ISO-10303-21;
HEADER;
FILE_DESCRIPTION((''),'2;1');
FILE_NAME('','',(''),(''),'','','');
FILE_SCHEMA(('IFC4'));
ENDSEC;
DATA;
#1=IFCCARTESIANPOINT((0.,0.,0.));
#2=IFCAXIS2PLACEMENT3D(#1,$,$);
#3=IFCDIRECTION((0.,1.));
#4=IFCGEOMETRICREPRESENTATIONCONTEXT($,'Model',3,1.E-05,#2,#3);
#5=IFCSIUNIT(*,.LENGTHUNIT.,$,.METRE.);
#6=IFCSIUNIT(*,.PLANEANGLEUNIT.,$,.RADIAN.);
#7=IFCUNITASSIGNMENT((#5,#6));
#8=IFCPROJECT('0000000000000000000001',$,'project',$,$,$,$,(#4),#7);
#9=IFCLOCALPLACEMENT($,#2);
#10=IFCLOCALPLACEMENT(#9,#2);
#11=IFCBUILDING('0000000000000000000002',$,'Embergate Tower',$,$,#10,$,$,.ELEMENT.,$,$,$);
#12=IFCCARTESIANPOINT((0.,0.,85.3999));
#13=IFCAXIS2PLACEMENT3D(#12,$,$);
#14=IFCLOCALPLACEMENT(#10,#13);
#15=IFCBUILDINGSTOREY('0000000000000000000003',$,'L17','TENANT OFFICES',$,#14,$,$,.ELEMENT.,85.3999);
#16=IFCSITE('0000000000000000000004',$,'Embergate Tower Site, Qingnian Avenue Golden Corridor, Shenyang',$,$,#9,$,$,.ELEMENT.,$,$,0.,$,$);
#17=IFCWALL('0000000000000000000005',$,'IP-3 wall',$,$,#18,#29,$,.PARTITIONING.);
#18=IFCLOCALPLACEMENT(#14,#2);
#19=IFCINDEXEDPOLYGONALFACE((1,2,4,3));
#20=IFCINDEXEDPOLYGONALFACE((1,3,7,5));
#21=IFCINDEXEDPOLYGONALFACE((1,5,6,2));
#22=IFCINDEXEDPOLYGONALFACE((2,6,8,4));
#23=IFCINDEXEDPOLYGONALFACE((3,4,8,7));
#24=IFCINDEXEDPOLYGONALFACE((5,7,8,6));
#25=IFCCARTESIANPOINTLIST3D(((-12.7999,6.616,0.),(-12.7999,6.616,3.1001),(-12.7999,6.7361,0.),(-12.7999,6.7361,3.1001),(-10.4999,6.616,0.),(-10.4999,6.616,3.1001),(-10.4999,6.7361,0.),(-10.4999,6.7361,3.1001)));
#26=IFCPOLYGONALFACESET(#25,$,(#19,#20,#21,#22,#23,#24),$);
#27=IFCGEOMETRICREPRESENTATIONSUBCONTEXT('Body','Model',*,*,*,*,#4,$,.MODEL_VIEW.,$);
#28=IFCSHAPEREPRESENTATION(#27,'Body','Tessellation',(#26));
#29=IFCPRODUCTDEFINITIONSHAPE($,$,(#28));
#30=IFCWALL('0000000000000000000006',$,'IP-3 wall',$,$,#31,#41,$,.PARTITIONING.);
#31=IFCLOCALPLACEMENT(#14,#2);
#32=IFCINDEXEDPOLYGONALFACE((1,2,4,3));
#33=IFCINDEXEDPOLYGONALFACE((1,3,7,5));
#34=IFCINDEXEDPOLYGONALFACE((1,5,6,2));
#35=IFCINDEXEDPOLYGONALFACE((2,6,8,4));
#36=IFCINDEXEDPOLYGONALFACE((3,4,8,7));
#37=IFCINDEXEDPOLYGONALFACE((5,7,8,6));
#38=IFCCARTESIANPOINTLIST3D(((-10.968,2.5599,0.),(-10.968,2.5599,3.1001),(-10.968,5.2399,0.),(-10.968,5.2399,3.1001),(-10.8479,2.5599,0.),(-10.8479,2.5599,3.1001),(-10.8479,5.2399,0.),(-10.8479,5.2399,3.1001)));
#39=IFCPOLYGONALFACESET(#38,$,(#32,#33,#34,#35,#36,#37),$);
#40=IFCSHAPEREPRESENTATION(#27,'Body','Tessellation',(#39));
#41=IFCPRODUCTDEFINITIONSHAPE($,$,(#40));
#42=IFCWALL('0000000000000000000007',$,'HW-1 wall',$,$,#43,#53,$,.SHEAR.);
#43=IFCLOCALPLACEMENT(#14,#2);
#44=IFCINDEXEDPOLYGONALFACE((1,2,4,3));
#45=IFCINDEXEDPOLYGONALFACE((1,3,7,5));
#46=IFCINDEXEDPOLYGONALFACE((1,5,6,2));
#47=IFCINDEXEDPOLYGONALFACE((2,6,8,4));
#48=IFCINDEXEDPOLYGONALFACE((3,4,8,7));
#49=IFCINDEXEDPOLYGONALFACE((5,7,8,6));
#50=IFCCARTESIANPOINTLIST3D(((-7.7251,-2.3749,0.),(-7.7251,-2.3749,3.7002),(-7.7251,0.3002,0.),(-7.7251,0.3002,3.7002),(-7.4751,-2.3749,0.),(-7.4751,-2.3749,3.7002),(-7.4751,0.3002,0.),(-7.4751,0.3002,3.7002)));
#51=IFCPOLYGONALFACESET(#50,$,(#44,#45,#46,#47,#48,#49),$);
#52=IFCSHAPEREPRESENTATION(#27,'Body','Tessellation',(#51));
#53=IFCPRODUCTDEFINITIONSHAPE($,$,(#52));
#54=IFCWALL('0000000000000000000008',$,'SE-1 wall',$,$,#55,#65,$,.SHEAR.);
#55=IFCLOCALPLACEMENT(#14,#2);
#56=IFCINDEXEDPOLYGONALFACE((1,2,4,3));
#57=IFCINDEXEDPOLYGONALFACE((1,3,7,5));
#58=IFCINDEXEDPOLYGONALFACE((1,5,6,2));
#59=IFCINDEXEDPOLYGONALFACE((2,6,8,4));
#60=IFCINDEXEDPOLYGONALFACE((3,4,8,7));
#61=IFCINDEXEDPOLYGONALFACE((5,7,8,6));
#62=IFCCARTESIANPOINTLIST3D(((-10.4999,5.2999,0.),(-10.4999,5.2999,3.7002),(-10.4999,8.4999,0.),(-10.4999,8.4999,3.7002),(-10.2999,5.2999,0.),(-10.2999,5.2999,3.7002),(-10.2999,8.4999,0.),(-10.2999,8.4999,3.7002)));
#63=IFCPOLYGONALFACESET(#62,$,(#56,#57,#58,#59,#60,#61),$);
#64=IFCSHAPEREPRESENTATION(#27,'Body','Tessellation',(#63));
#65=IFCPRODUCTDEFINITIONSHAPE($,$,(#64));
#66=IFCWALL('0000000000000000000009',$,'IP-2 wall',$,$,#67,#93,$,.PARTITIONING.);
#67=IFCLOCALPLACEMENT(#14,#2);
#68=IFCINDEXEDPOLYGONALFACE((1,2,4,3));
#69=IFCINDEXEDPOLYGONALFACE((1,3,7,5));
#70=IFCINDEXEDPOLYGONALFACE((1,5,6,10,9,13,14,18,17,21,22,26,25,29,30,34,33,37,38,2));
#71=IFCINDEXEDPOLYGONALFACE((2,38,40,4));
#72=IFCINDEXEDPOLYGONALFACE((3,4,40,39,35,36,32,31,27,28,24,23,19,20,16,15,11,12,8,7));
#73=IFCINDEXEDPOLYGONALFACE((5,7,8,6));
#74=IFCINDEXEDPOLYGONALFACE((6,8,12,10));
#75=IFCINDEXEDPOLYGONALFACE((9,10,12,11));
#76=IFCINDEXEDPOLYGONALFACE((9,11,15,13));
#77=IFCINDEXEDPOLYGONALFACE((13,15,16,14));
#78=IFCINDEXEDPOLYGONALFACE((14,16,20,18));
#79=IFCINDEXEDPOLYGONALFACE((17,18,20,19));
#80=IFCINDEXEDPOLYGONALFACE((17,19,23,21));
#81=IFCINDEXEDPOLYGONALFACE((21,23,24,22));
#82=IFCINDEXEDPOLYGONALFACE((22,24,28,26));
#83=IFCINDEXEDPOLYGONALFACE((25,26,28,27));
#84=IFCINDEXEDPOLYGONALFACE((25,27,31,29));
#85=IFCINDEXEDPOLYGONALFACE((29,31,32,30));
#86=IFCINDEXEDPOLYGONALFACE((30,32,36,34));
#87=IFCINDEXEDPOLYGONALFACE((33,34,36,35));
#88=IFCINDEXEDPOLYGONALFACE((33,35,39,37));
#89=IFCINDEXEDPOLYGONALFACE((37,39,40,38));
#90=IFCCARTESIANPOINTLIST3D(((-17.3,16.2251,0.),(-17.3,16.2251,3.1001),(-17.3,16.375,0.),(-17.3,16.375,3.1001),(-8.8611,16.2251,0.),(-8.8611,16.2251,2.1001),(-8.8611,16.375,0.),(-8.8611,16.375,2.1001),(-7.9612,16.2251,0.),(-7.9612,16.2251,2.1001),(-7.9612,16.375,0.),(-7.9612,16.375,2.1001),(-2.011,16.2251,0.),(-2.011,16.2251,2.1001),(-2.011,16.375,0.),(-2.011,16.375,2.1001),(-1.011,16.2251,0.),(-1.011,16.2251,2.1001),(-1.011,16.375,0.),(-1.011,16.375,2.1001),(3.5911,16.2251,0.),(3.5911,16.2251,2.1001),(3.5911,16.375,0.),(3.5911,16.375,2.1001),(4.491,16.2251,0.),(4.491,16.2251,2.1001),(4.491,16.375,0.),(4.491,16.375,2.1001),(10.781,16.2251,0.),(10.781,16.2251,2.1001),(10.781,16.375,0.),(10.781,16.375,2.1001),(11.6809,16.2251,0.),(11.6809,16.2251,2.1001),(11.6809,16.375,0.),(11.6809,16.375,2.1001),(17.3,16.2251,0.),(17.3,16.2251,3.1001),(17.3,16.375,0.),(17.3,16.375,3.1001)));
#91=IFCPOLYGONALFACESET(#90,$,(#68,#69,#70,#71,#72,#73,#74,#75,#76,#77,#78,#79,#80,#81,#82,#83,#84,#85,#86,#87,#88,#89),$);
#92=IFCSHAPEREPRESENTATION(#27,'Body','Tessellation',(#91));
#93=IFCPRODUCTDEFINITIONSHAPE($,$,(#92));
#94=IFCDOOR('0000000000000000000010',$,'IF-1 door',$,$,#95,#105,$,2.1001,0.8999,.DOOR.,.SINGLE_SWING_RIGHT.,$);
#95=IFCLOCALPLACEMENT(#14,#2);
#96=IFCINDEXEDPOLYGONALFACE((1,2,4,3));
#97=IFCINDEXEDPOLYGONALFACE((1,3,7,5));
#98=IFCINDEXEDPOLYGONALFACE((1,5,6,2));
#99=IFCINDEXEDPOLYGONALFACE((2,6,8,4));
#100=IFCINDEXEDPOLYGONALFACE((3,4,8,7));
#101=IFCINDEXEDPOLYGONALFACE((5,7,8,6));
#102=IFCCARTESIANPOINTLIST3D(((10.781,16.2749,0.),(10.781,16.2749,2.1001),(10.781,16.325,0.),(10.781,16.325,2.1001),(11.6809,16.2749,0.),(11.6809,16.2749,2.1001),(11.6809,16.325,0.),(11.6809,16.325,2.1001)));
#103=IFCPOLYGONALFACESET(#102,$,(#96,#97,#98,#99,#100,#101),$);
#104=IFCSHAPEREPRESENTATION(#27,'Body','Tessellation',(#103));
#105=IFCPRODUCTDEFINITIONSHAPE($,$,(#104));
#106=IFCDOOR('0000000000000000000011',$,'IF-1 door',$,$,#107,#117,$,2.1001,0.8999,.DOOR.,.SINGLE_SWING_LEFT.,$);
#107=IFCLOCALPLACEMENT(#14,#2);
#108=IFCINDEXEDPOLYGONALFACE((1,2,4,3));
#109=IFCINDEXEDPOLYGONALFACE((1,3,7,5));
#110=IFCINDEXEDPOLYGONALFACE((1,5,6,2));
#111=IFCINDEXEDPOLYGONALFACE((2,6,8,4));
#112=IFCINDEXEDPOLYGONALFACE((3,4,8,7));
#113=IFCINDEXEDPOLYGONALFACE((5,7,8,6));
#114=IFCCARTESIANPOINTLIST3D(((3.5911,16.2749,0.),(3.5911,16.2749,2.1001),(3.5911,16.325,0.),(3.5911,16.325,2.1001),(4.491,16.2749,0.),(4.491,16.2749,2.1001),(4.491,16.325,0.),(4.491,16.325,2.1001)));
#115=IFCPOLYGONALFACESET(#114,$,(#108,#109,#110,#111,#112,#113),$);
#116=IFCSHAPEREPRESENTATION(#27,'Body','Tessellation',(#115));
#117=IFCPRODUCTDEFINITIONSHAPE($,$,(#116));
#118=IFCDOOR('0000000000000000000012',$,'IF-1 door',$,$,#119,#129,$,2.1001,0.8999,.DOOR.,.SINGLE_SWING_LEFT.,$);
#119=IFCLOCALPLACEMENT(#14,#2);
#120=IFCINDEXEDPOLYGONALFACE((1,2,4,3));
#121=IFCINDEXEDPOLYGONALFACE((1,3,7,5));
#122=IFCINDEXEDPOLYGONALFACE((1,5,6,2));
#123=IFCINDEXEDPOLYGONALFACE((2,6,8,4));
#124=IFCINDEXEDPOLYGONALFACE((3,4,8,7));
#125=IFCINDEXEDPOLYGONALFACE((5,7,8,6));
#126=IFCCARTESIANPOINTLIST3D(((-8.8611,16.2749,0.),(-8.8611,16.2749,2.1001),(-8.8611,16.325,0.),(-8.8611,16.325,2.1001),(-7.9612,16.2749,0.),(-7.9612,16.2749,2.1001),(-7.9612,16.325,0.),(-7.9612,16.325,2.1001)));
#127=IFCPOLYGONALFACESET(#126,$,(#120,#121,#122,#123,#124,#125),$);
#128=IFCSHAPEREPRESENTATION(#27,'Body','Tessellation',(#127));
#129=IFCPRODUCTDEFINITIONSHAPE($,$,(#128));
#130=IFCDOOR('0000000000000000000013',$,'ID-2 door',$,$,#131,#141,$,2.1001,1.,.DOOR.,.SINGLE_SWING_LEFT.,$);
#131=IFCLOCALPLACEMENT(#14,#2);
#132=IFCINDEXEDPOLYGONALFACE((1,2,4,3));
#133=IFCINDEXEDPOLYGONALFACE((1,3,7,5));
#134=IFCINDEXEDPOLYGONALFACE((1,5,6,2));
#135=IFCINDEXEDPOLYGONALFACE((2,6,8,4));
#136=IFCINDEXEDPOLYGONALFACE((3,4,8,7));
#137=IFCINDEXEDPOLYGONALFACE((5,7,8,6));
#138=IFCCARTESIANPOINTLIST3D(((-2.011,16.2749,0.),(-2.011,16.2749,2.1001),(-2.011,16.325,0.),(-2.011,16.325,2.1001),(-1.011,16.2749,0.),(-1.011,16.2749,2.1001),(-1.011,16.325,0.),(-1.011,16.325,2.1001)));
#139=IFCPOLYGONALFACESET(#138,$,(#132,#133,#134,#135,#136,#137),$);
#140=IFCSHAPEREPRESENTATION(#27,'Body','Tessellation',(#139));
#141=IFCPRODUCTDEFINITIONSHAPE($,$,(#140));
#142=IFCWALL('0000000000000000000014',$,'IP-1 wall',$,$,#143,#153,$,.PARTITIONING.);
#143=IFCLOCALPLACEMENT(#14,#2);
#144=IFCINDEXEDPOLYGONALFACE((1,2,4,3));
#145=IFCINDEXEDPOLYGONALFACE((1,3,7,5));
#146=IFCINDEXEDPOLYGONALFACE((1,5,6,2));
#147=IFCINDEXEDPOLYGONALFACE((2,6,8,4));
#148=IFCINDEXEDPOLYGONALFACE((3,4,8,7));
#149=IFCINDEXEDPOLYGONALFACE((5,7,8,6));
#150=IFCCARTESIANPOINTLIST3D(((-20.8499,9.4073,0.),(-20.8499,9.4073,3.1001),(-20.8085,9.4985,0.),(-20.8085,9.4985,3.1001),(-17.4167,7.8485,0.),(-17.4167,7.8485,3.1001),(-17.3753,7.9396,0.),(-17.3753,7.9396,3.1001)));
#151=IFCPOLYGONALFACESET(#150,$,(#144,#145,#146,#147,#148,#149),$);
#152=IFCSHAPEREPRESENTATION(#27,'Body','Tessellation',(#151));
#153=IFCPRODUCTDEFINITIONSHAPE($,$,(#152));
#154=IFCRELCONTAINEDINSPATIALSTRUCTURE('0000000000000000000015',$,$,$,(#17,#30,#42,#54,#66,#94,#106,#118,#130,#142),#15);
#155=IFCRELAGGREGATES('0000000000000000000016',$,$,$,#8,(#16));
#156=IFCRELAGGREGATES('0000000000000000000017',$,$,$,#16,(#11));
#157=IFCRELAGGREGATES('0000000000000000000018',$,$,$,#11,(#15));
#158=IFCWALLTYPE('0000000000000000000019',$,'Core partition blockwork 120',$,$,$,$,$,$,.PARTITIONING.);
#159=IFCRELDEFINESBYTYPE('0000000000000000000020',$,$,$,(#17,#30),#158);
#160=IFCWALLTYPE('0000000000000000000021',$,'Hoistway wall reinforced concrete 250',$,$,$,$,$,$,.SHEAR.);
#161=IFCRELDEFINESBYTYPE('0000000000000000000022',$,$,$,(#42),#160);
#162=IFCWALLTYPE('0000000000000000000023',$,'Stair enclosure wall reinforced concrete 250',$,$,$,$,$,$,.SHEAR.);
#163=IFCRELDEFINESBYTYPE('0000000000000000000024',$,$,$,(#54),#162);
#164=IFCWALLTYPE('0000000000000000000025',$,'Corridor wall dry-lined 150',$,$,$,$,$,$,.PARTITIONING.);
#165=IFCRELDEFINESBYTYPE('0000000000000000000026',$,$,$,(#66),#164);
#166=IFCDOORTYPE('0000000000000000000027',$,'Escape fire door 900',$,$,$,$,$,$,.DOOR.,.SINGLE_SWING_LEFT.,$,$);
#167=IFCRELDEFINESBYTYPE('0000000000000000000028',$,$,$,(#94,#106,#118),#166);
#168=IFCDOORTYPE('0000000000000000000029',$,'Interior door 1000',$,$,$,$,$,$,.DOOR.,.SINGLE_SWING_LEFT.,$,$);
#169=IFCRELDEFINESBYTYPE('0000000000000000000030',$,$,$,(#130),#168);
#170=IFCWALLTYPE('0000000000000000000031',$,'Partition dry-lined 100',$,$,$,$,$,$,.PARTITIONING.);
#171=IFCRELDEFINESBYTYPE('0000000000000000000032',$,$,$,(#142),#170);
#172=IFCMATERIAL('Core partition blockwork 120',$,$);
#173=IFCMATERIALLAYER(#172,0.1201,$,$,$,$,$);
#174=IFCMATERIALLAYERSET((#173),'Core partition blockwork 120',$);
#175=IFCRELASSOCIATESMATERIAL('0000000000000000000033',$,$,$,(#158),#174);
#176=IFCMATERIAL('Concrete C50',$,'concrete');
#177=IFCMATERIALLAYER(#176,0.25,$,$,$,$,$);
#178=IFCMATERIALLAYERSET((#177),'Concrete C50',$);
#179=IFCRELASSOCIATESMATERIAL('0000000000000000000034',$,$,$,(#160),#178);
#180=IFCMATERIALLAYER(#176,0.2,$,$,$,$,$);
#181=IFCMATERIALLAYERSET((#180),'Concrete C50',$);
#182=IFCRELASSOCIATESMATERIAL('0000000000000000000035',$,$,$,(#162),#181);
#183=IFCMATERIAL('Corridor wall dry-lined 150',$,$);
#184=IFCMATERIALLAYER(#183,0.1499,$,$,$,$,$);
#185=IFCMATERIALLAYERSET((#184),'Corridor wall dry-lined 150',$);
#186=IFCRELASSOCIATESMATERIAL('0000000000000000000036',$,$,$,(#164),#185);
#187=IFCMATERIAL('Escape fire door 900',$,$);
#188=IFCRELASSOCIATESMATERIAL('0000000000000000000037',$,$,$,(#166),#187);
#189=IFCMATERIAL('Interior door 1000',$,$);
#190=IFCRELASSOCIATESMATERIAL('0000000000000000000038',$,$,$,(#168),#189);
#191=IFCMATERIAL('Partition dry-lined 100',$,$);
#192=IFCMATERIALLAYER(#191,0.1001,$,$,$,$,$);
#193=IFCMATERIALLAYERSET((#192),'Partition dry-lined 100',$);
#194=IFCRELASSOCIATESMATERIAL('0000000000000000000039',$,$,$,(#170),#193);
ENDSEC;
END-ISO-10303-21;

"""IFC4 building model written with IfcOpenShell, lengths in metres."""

from ifc_helpers import new_model, si_unit, direction, frame, frame_2d, origin, place, context, subcontext, project, spatial, rectangle, extrude, source, transform, mapped, material, layer, layer_set, type_object, element, fill, save


model = new_model("IFC4")

# Units and contexts
model_context = context("Model", 3, precision=1e-05, world=origin(), true_north=direction((0.0, 1.0)))
body_context = subcontext(model_context, "Body", "Model", "MODEL_VIEW")
ifc_project = project(units=[si_unit("LENGTHUNIT", "METRE"), si_unit("PLANEANGLEUNIT", "RADIAN")], contexts=[model_context])

# Site, building, storey
site_placement = place(None, origin())
site = spatial("IfcSite", under=ifc_project, at=site_placement, Name="Embergate Tower Site, Qingnian Avenue Golden Corridor, Shenyang", CompositionType="ELEMENT", RefElevation=0.0)
building_placement = place(site_placement, origin())
building = spatial("IfcBuilding", under=site, at=building_placement, Name="Embergate Tower", CompositionType="ELEMENT")
storey_placement = place(building_placement, frame((0.0, 0.0, 85.3999)))
storey = spatial("IfcBuildingStorey", under=building, at=storey_placement, Name="L17", Description="TENANT OFFICES", CompositionType="ELEMENT", Elevation=85.3999)

# Shared definitions
ifc_material_1 = material(Name="Core partition blockwork 120")
ifc_layer_1 = layer(ifc_material_1, 0.1201)
ifc_layer_set_1 = layer_set([ifc_layer_1], Name="Core partition blockwork 120")
wall_type_1 = type_object("IfcWallType", Name="Core partition blockwork 120", PredefinedType="PARTITIONING", material=ifc_layer_set_1)
shared_shape_1 = source(origin(), body_context, "Body", "SweptSolid", [
    extrude(rectangle(XDim=0.8999, YDim=2.1001, at=frame_2d((0.45, 1.05))), frame((0.0, 0.0249, 0.0), z_axis=(0.0, -1.0, 0.0), x_axis=(1.0, 0.0, 0.0)), (0.0, 0.0, 1.0), 0.05),
])

# Shared definitions
shared_shape_2 = source(origin(), body_context, "Body", "SweptSolid", [
    extrude(rectangle(XDim=2.3, YDim=0.1201, at=frame_2d((1.1499, 0.0))), origin(), (0.0, 0.0, 1.0), 3.1001),
])

# Walls
wall_1_placement = place(storey_placement, frame((-10.5, 6.676, 0.0), z_axis=(0.0, 0.0, 1.0), x_axis=(-1.0, 0.0, 0.0)))
element("IfcWall", 1, at=wall_1_placement, inside=storey, type_object=wall_type_1, Name="IP-3 wall", PredefinedType="PARTITIONING", context=body_context, shape_type="MappedRepresentation", body=[
    mapped(shared_shape_2, transform((0.0, 0.0, 0.0))),
])
shared_shape_3 = source(origin(), body_context, "Body", "SweptSolid", [
    extrude(rectangle(XDim=2.6799, YDim=0.1201, at=frame_2d((1.3398, 0.0))), origin(), (0.0, 0.0, 1.0), 3.1001),
])
wall_2_placement = place(storey_placement, frame((-10.908, 2.5601, 0.0), z_axis=(0.0, 0.0, 1.0), x_axis=(0.0, 1.0, 0.0)))
element("IfcWall", 2, at=wall_2_placement, inside=storey, type_object=wall_type_1, Name="IP-3 wall", PredefinedType="PARTITIONING", context=body_context, shape_type="MappedRepresentation", body=[
    mapped(shared_shape_3, transform((0.0, 0.0, 0.0))),
])
ifc_material_2 = material(Name="Concrete C50", Category="concrete")
ifc_layer_2 = layer(ifc_material_2, 0.25)
ifc_layer_set_2 = layer_set([ifc_layer_2], Name="Concrete C50")
wall_type_2 = type_object("IfcWallType", Name="Hoistway wall reinforced concrete 250", PredefinedType="SHEAR", material=ifc_layer_set_2)
shared_shape_4 = source(origin(), body_context, "Body", "SweptSolid", [
    extrude(rectangle(XDim=2.675, YDim=0.25, at=frame_2d((1.3374, 0.0))), origin(), (0.0, 0.0, 1.0), 3.7002),
])
wall_3_placement = place(storey_placement, frame((-7.6001, 0.3, 0.0), z_axis=(0.0, 0.0, 1.0), x_axis=(0.0, -1.0, 0.0)))
element("IfcWall", 3, at=wall_3_placement, inside=storey, type_object=wall_type_2, Name="HW-1 wall", PredefinedType="SHEAR", context=body_context, shape_type="MappedRepresentation", body=[
    mapped(shared_shape_4, transform((0.0, 0.0, 0.0))),
])
ifc_layer_3 = layer(ifc_material_2, 0.2)
ifc_layer_set_3 = layer_set([ifc_layer_3], Name="Concrete C50")
wall_type_3 = type_object("IfcWallType", Name="Stair enclosure wall reinforced concrete 250", PredefinedType="SHEAR", material=ifc_layer_set_3)
shared_shape_5 = source(origin(), body_context, "Body", "SweptSolid", [
    extrude(rectangle(XDim=3.2, YDim=0.2, at=frame_2d((1.6001, 0.0))), origin(), (0.0, 0.0, 1.0), 3.7002),
])
wall_4_placement = place(storey_placement, frame((-10.3999, 8.5, 0.0), z_axis=(0.0, 0.0, 1.0), x_axis=(0.0, -1.0, 0.0)))
element("IfcWall", 4, at=wall_4_placement, inside=storey, type_object=wall_type_3, Name="SE-1 wall", PredefinedType="SHEAR", context=body_context, shape_type="MappedRepresentation", body=[
    mapped(shared_shape_5, transform((0.0, 0.0, 0.0))),
])

# Wall, openings, doors
ifc_material_3 = material(Name="Corridor wall dry-lined 150")
ifc_layer_4 = layer(ifc_material_3, 0.1499)
ifc_layer_set_4 = layer_set([ifc_layer_4], Name="Corridor wall dry-lined 150")
wall_type_4 = type_object("IfcWallType", Name="Corridor wall dry-lined 150", PredefinedType="PARTITIONING", material=ifc_layer_set_4)
shared_shape_6 = source(origin(), body_context, "Body", "SweptSolid", [
    extrude(rectangle(XDim=34.6001, YDim=0.1499, at=frame_2d((17.3, 0.0))), origin(), (0.0, 0.0, 1.0), 3.1001),
])
wall_5_placement = place(storey_placement, frame((-17.3, 16.3, 0.0), z_axis=(0.0, 0.0, 1.0), x_axis=(1.0, 0.0, 0.0)))
wall_5 = element("IfcWall", 5, at=wall_5_placement, inside=storey, type_object=wall_type_4, Name="IP-2 wall", PredefinedType="PARTITIONING", context=body_context, shape_type="MappedRepresentation", body=[
    mapped(shared_shape_6, transform((0.0, 0.0, 0.0))),
])
shared_shape_7 = source(origin(), body_context, "Body", "SweptSolid", [
    extrude(rectangle(XDim=0.8999, YDim=2.1001, at=frame_2d((0.45, 1.05))), frame((0.0, 0.085, 0.0), z_axis=(0.0, -1.0, 0.0), x_axis=(1.0, 0.0, 0.0)), (0.0, 0.0, 1.0), 0.1699),
])
opening_1_placement = place(wall_5_placement, frame((28.0811, 0.0, 0.0)))
opening_1 = element("IfcOpeningElement", 6, at=opening_1_placement, cuts=wall_5, PredefinedType="OPENING", context=body_context, shape_type="MappedRepresentation", body=[
    mapped(shared_shape_7, transform((0.0, 0.0, 0.0))),
])
opening_2_placement = place(wall_5_placement, frame((20.8911, 0.0, 0.0)))
opening_2 = element("IfcOpeningElement", 7, at=opening_2_placement, cuts=wall_5, PredefinedType="OPENING", context=body_context, shape_type="MappedRepresentation", body=[
    mapped(shared_shape_7, transform((0.0, 0.0, 0.0))),
])
shared_shape_8 = source(origin(), body_context, "Body", "SweptSolid", [
    extrude(rectangle(XDim=1.0, YDim=2.1001, at=frame_2d((0.5, 1.05))), frame((0.0, 0.085, 0.0), z_axis=(0.0, -1.0, 0.0), x_axis=(1.0, 0.0, 0.0)), (0.0, 0.0, 1.0), 0.1699),
])
opening_3_placement = place(wall_5_placement, frame((15.2891, 0.0, 0.0)))
opening_3 = element("IfcOpeningElement", 8, at=opening_3_placement, cuts=wall_5, PredefinedType="OPENING", context=body_context, shape_type="MappedRepresentation", body=[
    mapped(shared_shape_8, transform((0.0, 0.0, 0.0))),
])
opening_4_placement = place(wall_5_placement, frame((8.439, 0.0, 0.0)))
opening_4 = element("IfcOpeningElement", 9, at=opening_4_placement, cuts=wall_5, PredefinedType="OPENING", context=body_context, shape_type="MappedRepresentation", body=[
    mapped(shared_shape_7, transform((0.0, 0.0, 0.0))),
])
ifc_material_4 = material(Name="Escape fire door 900")
door_type_1 = type_object("IfcDoorType", Name="Escape fire door 900", OperationType="SINGLE_SWING_LEFT", PredefinedType="DOOR", material=ifc_material_4)
door_1_placement = place(opening_1_placement, origin())
door_1 = element("IfcDoor", 10, at=door_1_placement, inside=storey, type_object=door_type_1, Name="IF-1 door", OperationType="SINGLE_SWING_RIGHT", OverallHeight=2.1001, OverallWidth=0.8999, PredefinedType="DOOR", context=body_context, shape_type="MappedRepresentation", body=[
    mapped(shared_shape_1, transform((0.0, 0.0, 0.0))),
])
fill(opening_1, door_1)
door_2_placement = place(opening_2_placement, origin())
door_2 = element("IfcDoor", 11, at=door_2_placement, inside=storey, type_object=door_type_1, Name="IF-1 door", OperationType="SINGLE_SWING_LEFT", OverallHeight=2.1001, OverallWidth=0.8999, PredefinedType="DOOR", context=body_context, shape_type="MappedRepresentation", body=[
    mapped(shared_shape_1, transform((0.0, 0.0, 0.0))),
])
fill(opening_2, door_2)
door_3_placement = place(opening_4_placement, origin())
door_3 = element("IfcDoor", 12, at=door_3_placement, inside=storey, type_object=door_type_1, Name="IF-1 door", OperationType="SINGLE_SWING_LEFT", OverallHeight=2.1001, OverallWidth=0.8999, PredefinedType="DOOR", context=body_context, shape_type="MappedRepresentation", body=[
    mapped(shared_shape_1, transform((0.0, 0.0, 0.0))),
])
fill(opening_4, door_3)
ifc_material_5 = material(Name="Interior door 1000")
door_type_2 = type_object("IfcDoorType", Name="Interior door 1000", OperationType="SINGLE_SWING_LEFT", PredefinedType="DOOR", material=ifc_material_5)
shared_shape_9 = source(origin(), body_context, "Body", "SweptSolid", [
    extrude(rectangle(XDim=1.0, YDim=2.1001, at=frame_2d((0.5, 1.05))), frame((0.0, 0.0249, 0.0), z_axis=(0.0, -1.0, 0.0), x_axis=(1.0, 0.0, 0.0)), (0.0, 0.0, 1.0), 0.05),
])
door_4_placement = place(opening_3_placement, origin())
door_4 = element("IfcDoor", 13, at=door_4_placement, inside=storey, type_object=door_type_2, Name="ID-2 door", OperationType="SINGLE_SWING_LEFT", OverallHeight=2.1001, OverallWidth=1.0, PredefinedType="DOOR", context=body_context, shape_type="MappedRepresentation", body=[
    mapped(shared_shape_9, transform((0.0, 0.0, 0.0))),
])
fill(opening_3, door_4)

# Wall
ifc_material_6 = material(Name="Partition dry-lined 100")
ifc_layer_5 = layer(ifc_material_6, 0.1001)
ifc_layer_set_5 = layer_set([ifc_layer_5], Name="Partition dry-lined 100")
wall_type_5 = type_object("IfcWallType", Name="Partition dry-lined 100", PredefinedType="PARTITIONING", material=ifc_layer_set_5)
shared_shape_10 = source(origin(), body_context, "Body", "SweptSolid", [
    extrude(rectangle(XDim=3.7705, YDim=0.1001, at=frame_2d((1.8853, 0.0))), origin(), (0.0, 0.0, 1.0), 3.1001),
])
wall_6_placement = place(storey_placement, frame((-17.396, 7.894, 0.0), z_axis=(0.0, 0.0, 1.0), x_axis=(-0.910533, 0.413437, 0.0)))
element("IfcWall", 14, at=wall_6_placement, inside=storey, type_object=wall_type_5, Name="IP-1 wall", PredefinedType="PARTITIONING", context=body_context, shape_type="MappedRepresentation", body=[
    mapped(shared_shape_10, transform((0.0, 0.0, 0.0))),
])

save(model, "model.ifc")
